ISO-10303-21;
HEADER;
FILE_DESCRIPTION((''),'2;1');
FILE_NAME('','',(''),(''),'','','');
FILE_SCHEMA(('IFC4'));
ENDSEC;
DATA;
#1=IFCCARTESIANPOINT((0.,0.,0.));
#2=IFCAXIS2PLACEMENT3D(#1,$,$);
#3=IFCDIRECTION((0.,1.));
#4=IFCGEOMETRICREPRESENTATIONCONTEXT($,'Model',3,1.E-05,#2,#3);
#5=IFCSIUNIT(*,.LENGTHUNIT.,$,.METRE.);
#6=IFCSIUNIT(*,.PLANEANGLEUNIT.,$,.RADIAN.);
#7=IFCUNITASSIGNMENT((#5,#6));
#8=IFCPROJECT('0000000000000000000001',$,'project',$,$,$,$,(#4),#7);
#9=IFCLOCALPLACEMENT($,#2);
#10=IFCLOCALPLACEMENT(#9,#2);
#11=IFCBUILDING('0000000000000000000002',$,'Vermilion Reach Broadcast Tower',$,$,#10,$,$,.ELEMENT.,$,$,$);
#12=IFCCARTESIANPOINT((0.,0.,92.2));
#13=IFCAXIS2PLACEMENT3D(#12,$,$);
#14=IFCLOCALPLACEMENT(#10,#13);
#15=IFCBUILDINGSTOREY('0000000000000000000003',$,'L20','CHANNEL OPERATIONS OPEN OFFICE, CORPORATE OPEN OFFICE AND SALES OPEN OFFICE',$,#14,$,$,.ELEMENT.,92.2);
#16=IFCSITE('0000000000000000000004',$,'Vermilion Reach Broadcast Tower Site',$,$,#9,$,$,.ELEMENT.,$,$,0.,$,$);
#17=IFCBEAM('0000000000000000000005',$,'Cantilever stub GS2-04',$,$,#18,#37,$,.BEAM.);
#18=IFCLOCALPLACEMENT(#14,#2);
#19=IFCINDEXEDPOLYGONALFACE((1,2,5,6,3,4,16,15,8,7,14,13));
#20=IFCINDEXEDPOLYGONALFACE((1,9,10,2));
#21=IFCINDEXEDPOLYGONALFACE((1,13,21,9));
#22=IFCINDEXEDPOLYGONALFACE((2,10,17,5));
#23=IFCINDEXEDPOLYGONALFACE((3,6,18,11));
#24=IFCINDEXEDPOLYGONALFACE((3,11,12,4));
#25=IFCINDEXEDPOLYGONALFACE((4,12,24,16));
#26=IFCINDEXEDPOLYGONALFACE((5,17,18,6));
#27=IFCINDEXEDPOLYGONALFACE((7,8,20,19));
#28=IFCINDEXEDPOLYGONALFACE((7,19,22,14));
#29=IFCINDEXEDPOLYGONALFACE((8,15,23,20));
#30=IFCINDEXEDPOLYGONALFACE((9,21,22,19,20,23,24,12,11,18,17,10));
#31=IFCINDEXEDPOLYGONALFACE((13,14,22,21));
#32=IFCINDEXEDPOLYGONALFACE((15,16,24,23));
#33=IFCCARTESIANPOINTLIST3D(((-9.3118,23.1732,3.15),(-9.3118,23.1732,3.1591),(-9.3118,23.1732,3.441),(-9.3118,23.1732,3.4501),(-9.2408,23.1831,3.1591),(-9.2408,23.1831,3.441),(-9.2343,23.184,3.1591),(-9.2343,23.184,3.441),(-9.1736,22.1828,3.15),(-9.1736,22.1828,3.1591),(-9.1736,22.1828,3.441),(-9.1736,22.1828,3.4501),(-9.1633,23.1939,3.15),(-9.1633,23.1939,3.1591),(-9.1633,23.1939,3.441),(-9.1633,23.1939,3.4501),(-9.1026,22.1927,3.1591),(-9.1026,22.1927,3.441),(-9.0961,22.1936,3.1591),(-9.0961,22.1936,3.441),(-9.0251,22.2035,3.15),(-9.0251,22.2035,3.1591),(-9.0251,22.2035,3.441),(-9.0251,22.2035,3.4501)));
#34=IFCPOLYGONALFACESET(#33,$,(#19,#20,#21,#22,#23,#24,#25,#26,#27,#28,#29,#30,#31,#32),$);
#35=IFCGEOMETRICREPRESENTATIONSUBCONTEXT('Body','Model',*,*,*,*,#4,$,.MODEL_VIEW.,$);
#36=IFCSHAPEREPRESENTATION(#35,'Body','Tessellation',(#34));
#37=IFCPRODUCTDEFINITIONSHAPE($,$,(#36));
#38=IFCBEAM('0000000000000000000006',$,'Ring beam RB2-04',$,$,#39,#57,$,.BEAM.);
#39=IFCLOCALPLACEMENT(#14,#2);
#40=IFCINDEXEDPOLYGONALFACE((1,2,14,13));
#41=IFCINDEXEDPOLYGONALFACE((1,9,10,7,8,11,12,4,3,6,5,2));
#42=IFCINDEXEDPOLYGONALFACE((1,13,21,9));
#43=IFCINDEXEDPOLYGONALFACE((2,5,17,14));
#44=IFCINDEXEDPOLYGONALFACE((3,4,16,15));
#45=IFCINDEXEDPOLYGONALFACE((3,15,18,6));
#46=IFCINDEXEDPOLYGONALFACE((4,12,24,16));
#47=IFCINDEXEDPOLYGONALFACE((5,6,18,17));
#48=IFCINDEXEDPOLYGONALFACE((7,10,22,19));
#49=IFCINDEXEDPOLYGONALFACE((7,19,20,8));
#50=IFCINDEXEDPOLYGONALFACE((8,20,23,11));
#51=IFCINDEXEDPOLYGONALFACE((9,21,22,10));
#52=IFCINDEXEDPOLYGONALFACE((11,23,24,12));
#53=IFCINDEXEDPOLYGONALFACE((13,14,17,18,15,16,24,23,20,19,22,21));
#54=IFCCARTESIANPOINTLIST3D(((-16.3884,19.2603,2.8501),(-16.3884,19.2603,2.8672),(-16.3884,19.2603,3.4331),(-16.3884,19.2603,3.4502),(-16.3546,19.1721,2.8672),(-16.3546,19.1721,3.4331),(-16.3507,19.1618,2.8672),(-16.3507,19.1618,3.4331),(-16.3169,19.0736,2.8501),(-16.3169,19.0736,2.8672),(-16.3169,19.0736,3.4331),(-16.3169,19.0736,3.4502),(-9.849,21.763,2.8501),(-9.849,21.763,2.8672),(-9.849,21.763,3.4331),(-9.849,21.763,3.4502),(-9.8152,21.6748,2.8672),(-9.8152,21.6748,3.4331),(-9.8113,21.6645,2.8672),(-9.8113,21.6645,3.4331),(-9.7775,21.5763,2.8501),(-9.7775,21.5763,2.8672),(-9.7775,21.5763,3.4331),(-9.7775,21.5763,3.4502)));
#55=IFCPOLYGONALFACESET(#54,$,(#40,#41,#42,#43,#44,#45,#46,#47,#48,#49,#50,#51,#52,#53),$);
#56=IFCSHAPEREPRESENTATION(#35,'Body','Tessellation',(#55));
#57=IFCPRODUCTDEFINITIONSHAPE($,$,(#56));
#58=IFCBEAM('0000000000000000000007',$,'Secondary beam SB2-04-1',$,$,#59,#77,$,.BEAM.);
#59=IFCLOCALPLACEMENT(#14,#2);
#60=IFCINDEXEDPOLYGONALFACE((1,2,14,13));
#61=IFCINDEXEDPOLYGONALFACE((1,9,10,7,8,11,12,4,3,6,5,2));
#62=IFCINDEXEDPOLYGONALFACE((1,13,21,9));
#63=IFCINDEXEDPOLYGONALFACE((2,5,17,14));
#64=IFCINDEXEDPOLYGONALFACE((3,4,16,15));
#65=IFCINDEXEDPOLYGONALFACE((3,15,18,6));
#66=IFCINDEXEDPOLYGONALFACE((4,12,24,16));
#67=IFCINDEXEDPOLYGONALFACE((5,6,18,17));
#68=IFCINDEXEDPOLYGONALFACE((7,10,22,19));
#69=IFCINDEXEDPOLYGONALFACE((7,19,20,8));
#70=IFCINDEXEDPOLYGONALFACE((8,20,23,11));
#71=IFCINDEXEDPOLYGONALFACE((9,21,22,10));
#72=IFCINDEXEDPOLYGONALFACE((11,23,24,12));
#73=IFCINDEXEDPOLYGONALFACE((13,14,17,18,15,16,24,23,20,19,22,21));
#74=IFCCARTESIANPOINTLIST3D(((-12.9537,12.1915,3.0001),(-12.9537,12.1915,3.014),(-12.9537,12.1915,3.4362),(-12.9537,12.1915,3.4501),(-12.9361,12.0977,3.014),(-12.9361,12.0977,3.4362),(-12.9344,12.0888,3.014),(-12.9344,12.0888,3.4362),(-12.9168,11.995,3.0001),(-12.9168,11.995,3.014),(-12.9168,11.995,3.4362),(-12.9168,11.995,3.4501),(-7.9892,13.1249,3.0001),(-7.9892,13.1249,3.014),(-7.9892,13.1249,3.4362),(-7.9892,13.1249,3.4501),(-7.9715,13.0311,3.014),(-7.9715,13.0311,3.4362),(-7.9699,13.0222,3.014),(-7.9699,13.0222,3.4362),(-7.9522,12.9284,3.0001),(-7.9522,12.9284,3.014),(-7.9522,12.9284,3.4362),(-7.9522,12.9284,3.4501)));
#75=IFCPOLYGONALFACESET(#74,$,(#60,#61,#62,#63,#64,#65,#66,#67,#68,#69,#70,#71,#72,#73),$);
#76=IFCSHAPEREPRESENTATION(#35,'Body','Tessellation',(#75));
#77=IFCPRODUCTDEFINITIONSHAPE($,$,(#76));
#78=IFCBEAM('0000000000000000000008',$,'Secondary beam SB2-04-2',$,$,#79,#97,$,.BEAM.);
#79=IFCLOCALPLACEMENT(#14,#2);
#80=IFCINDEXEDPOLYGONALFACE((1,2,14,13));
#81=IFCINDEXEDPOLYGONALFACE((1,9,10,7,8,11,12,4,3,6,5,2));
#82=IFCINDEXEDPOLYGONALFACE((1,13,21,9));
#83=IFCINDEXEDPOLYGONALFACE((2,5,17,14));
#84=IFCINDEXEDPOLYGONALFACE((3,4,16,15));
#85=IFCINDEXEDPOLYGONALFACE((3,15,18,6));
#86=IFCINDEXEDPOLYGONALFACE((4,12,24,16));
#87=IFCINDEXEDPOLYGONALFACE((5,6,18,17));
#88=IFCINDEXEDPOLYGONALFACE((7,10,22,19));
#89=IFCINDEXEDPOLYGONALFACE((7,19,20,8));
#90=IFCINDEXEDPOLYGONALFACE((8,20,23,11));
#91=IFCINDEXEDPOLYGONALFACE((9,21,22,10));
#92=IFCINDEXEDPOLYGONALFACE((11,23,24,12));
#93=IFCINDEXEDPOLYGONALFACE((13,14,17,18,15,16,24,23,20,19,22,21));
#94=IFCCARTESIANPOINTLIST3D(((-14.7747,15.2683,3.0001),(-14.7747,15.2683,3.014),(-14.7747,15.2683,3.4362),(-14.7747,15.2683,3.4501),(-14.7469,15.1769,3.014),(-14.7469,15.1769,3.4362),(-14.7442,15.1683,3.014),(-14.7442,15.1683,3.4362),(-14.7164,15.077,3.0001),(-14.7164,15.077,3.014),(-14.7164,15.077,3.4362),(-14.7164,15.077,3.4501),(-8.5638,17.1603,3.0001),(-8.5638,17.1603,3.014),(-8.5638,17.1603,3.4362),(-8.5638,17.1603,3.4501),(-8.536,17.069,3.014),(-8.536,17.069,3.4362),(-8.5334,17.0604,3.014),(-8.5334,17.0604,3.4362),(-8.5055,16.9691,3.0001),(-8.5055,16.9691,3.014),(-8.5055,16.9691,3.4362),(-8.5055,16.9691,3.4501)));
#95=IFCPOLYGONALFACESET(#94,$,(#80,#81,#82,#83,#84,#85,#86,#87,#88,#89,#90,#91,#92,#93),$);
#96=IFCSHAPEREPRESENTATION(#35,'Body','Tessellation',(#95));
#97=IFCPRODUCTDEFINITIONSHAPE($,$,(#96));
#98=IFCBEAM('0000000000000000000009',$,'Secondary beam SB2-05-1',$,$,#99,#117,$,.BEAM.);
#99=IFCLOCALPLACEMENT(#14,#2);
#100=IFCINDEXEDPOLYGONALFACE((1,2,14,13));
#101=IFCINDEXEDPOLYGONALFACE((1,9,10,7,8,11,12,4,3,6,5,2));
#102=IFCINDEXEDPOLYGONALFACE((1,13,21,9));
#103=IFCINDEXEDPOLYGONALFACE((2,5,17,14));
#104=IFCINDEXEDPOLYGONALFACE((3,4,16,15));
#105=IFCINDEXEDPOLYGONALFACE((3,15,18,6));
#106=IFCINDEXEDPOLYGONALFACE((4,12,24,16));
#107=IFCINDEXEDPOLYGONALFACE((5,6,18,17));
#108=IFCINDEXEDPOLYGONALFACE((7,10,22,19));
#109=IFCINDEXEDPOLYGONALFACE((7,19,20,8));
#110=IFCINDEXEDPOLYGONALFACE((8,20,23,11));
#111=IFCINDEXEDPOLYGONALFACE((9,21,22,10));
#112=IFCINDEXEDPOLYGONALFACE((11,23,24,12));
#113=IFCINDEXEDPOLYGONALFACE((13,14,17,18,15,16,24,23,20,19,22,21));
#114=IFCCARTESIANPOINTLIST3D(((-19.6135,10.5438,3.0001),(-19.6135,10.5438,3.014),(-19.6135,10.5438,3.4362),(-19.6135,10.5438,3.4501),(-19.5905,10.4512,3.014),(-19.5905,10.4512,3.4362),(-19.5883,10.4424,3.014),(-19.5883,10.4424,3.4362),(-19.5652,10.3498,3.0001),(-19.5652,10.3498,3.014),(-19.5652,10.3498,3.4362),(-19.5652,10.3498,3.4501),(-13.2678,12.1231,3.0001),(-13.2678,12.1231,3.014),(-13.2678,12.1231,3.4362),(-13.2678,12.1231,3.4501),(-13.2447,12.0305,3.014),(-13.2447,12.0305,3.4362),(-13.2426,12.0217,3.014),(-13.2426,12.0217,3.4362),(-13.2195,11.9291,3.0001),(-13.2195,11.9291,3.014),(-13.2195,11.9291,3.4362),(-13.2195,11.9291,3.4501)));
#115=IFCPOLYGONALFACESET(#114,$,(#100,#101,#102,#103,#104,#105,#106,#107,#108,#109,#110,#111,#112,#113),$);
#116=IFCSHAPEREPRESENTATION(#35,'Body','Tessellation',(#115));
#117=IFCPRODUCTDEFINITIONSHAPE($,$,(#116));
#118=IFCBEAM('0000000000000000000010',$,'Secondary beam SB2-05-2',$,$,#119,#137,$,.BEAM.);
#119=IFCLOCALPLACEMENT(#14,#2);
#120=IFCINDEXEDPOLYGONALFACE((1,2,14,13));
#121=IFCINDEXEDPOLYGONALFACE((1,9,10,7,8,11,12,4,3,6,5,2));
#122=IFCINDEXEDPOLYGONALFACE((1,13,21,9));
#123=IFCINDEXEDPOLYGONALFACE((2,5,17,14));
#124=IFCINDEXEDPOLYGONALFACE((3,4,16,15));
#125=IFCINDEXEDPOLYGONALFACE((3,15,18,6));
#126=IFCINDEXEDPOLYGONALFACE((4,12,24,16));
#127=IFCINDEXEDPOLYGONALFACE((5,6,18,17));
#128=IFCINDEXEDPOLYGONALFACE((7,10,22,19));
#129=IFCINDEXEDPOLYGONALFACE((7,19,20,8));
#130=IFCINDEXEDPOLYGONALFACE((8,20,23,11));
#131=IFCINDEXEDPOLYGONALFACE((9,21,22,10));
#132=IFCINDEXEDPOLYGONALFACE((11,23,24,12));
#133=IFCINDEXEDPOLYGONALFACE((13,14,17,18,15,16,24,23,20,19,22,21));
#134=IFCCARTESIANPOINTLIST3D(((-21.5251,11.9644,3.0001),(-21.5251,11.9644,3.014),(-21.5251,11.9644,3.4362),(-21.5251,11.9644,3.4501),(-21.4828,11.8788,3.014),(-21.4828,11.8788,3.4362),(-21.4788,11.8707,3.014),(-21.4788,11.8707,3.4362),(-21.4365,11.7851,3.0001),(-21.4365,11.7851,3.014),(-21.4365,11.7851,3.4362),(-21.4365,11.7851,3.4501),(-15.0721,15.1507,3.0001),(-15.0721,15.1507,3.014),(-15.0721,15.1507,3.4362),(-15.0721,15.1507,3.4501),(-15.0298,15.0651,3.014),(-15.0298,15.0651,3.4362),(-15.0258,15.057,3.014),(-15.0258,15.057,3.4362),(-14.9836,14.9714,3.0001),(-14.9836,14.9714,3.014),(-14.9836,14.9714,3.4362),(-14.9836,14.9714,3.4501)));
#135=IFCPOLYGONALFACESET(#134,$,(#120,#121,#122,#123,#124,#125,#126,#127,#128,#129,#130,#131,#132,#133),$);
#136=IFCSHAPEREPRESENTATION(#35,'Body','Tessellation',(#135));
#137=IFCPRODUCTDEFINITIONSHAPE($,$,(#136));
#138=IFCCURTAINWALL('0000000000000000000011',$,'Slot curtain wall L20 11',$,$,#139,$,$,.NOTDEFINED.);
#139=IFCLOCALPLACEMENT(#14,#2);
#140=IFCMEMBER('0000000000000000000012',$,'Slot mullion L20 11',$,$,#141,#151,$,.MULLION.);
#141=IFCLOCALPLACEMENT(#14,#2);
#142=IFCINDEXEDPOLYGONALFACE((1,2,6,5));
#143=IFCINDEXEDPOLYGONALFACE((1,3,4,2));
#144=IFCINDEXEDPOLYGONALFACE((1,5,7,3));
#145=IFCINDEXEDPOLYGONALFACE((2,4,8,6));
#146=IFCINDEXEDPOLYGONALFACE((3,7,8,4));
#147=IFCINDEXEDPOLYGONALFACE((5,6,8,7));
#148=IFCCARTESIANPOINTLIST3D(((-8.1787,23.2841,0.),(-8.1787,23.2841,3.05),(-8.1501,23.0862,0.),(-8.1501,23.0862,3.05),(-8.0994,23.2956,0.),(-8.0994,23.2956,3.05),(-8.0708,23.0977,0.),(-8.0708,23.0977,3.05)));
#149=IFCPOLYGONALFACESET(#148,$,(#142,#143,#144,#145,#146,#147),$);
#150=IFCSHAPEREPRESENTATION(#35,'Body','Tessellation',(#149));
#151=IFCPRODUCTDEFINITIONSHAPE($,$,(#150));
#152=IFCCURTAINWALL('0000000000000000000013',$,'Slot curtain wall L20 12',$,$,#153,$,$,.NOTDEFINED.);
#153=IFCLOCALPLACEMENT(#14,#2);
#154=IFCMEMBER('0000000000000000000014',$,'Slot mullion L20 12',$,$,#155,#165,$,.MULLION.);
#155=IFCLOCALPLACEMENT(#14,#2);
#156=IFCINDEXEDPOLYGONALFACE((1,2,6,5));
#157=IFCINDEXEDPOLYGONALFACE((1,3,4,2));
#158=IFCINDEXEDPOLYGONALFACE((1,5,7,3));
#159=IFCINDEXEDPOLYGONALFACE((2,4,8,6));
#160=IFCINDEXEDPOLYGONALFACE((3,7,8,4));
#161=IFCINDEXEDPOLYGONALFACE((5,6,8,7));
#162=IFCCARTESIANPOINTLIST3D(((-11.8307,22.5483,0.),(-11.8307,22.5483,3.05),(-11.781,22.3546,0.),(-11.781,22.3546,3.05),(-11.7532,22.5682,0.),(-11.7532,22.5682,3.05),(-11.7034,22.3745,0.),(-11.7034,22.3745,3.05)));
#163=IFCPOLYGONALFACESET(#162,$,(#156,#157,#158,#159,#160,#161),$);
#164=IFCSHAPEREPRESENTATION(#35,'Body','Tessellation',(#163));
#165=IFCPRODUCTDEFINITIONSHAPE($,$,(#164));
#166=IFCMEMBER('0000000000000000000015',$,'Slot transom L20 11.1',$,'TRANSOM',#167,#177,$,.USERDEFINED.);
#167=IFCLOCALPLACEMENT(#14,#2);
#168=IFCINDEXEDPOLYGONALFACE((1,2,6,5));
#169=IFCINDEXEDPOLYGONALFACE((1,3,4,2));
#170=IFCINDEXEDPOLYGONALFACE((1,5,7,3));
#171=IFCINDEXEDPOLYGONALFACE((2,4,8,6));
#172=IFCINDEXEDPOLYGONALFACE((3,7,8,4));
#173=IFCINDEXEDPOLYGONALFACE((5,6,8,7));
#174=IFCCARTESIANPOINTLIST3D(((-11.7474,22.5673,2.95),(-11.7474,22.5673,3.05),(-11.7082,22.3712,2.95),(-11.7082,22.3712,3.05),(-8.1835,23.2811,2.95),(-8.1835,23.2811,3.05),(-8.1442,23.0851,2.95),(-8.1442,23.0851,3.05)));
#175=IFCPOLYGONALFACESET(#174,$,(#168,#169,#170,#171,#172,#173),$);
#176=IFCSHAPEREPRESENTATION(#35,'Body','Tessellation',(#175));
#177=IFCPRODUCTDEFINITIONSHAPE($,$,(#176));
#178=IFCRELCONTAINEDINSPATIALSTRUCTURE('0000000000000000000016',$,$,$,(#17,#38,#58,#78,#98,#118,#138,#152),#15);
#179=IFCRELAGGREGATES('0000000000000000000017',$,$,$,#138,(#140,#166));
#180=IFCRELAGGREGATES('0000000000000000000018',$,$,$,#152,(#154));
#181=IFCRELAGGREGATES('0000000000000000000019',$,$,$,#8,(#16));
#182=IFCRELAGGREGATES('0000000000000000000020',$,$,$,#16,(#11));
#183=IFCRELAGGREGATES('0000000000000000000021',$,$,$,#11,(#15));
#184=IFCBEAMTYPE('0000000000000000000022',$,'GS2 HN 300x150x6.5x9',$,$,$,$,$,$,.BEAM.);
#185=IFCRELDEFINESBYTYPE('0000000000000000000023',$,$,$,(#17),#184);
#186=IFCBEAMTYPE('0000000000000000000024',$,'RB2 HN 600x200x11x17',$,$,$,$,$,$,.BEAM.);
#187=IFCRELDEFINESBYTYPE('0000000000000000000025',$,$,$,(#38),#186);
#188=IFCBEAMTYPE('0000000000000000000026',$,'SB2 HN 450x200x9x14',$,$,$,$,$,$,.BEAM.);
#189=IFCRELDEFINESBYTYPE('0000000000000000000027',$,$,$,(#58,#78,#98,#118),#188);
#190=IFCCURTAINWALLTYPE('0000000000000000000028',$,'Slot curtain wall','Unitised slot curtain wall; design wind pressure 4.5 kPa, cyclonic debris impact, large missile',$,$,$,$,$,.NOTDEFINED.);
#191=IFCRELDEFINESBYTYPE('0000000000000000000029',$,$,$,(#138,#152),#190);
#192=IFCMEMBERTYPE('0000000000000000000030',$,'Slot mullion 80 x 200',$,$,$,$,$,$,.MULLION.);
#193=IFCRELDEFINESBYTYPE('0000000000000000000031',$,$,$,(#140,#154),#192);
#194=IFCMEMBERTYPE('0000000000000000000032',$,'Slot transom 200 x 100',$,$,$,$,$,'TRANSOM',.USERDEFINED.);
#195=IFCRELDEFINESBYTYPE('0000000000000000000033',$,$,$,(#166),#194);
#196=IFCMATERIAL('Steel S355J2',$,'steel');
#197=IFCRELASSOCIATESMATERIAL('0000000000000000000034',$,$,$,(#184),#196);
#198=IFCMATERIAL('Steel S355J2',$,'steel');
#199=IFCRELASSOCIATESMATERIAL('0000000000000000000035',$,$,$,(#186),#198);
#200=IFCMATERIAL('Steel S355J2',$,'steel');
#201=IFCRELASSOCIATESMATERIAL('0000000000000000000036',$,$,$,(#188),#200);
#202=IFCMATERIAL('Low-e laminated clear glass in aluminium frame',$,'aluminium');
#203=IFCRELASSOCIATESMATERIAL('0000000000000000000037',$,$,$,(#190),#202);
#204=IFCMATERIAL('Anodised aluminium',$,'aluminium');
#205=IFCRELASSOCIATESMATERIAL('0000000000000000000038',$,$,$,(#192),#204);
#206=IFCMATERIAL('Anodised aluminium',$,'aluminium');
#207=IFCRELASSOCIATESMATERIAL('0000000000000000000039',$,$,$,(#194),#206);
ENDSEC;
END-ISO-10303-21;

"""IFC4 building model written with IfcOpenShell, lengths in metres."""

from ifc_helpers import new_model, si_unit, direction, frame, origin, origin_2d, place, context, subcontext, project, spatial, rectangle, i_section, extrude, material, material_profile, profile_set, type_object, element, aggregate, save


model = new_model("IFC4")

# Units and contexts
model_context = context("Model", 3, precision=1e-05, world=origin(), true_north=direction((0.0, 1.0)))
body_context = subcontext(model_context, "Body", "Model", "MODEL_VIEW")
ifc_project = project(units=[si_unit("LENGTHUNIT", "METRE"), si_unit("PLANEANGLEUNIT", "RADIAN")], contexts=[model_context])

# Site, building, storey
site_placement = place(None, origin())
site = spatial("IfcSite", under=ifc_project, at=site_placement, Name="Vermilion Reach Broadcast Tower Site", CompositionType="ELEMENT", RefElevation=0.0)
building_placement = place(site_placement, origin())
building = spatial("IfcBuilding", under=site, at=building_placement, Name="Vermilion Reach Broadcast Tower", CompositionType="ELEMENT")
storey_placement = place(building_placement, frame((0.0, 0.0, 92.2)))
storey = spatial("IfcBuildingStorey", under=building, at=storey_placement, Name="L20", Description="CHANNEL OPERATIONS OPEN OFFICE, CORPORATE OPEN OFFICE AND SALES OPEN OFFICE", CompositionType="ELEMENT", Elevation=92.2)

# Beams
ifc_material_1 = material(Name="Steel S355J2", Category="steel")
ifc_material_profile_1 = material_profile(ifc_material_1, i_section(OverallWidth=0.1499, OverallDepth=0.3, WebThickness=0.0066, FlangeThickness=0.009, at=origin_2d()), Name="S355J2 HN 300x150x6.5x9")
ifc_profile_set_1 = profile_set([ifc_material_profile_1], Name="Steel S355J2")
beam_type_1 = type_object("IfcBeamType", Name="GS2 HN 300x150x6.5x9", PredefinedType="BEAM", material=ifc_profile_set_1)
beam_1_placement = place(storey_placement, frame((-9.0994, 22.1931, 3.3), z_axis=(-0.138174, 0.990408, 0.0), x_axis=(-0.990408, -0.138174, 0.0)))
element("IfcBeam", 1, at=beam_1_placement, inside=storey, type_object=beam_type_1, Name="Cantilever stub GS2-04", PredefinedType="BEAM", context=body_context, shape_type="SweptSolid", body=[
    extrude(i_section(OverallWidth=0.1499, OverallDepth=0.3, WebThickness=0.0066, FlangeThickness=0.009, at=origin_2d()), origin(), (0.0, 0.0, 1.0), 1.0),
])
ifc_material_2 = material(Name="Steel S355J2", Category="steel")
ifc_material_profile_2 = material_profile(ifc_material_2, i_section(OverallWidth=0.2, OverallDepth=0.6001, WebThickness=0.011, FlangeThickness=0.0171, at=origin_2d()), Name="S355J2 HN 600x200x11x17")
ifc_profile_set_2 = profile_set([ifc_material_profile_2], Name="Steel S355J2")
beam_type_2 = type_object("IfcBeamType", Name="RB2 HN 600x200x11x17", PredefinedType="BEAM", material=ifc_profile_set_2)
beam_2_placement = place(storey_placement, frame((-9.8132, 21.6697, 3.1501), z_axis=(-0.933939, -0.357432, 0.0), x_axis=(0.357432, -0.933939, 0.0)))
element("IfcBeam", 2, at=beam_2_placement, inside=storey, type_object=beam_type_2, Name="Ring beam RB2-04", PredefinedType="BEAM", context=body_context, shape_type="SweptSolid", body=[
    extrude(i_section(OverallWidth=0.2, OverallDepth=0.6001, WebThickness=0.011, FlangeThickness=0.0171, at=origin_2d()), origin(), (0.0, 0.0, 1.0), 7.002),
])
ifc_material_3 = material(Name="Steel S355J2", Category="steel")
ifc_material_profile_3 = material_profile(ifc_material_3, i_section(OverallWidth=0.2, OverallDepth=0.45, WebThickness=0.009, FlangeThickness=0.0139, at=origin_2d()), Name="S355J2 HN 450x200x9x14")
ifc_profile_set_3 = profile_set([ifc_material_profile_3], Name="Steel S355J2")
beam_type_3 = type_object("IfcBeamType", Name="SB2 HN 450x200x9x14", PredefinedType="BEAM", material=ifc_profile_set_3)
beam_3_placement = place(storey_placement, frame((-7.9707, 13.0266, 3.2251), z_axis=(-0.982783, -0.184764, 0.0), x_axis=(0.184764, -0.982783, 0.0)))
element("IfcBeam", 3, at=beam_3_placement, inside=storey, type_object=beam_type_3, Name="Secondary beam SB2-04-1", PredefinedType="BEAM", context=body_context, shape_type="SweptSolid", body=[
    extrude(i_section(OverallWidth=0.2, OverallDepth=0.45, WebThickness=0.009, FlangeThickness=0.0139, at=origin_2d()), origin(), (0.0, 0.0, 1.0), 5.0515),
])
beam_4_placement = place(storey_placement, frame((-8.5347, 17.0647, 3.2251), z_axis=(-0.956596, -0.291416, 0.0), x_axis=(0.291416, -0.956596, 0.0)))
element("IfcBeam", 4, at=beam_4_placement, inside=storey, type_object=beam_type_3, Name="Secondary beam SB2-04-2", PredefinedType="BEAM", context=body_context, shape_type="SweptSolid", body=[
    extrude(i_section(OverallWidth=0.2, OverallDepth=0.45, WebThickness=0.009, FlangeThickness=0.0139, at=origin_2d()), origin(), (0.0, 0.0, 1.0), 6.4927),
])
beam_5_placement = place(storey_placement, frame((-13.2437, 12.0261, 3.2251), z_axis=(-0.970397, -0.241516, 0.0), x_axis=(0.241516, -0.970397, 0.0)))
element("IfcBeam", 5, at=beam_5_placement, inside=storey, type_object=beam_type_3, Name="Secondary beam SB2-05-1", PredefinedType="BEAM", context=body_context, shape_type="SweptSolid", body=[
    extrude(i_section(OverallWidth=0.2, OverallDepth=0.45, WebThickness=0.009, FlangeThickness=0.0139, at=origin_2d()), origin(), (0.0, 0.0, 1.0), 6.5393),
])
beam_6_placement = place(storey_placement, frame((-15.0278, 15.061, 3.2251), z_axis=(-0.896648, -0.442744, 0.0), x_axis=(0.442744, -0.896648, 0.0)))
element("IfcBeam", 6, at=beam_6_placement, inside=storey, type_object=beam_type_3, Name="Secondary beam SB2-05-2", PredefinedType="BEAM", context=body_context, shape_type="SweptSolid", body=[
    extrude(i_section(OverallWidth=0.2, OverallDepth=0.45, WebThickness=0.009, FlangeThickness=0.0139, at=origin_2d()), origin(), (0.0, 0.0, 1.0), 7.1968),
])

# Curtain walls, members
ifc_material_4 = material(Name="Low-e laminated clear glass in aluminium frame", Category="aluminium")
curtain_wall_type = type_object("IfcCurtainWallType", Name="Slot curtain wall", Description="Unitised slot curtain wall; design wind pressure 4.5 kPa, cyclonic debris impact, large missile", PredefinedType="NOTDEFINED", material=ifc_material_4)
placement = place(storey_placement, origin())
curtain_wall_1 = element("IfcCurtainWall", 7, at=placement, inside=storey, type_object=curtain_wall_type, Name="Slot curtain wall L20 11", PredefinedType="NOTDEFINED")
ifc_material_5 = material(Name="Anodised aluminium", Category="aluminium")
ifc_material_profile_4 = material_profile(ifc_material_5, rectangle(XDim=0.2, YDim=0.0801, at=origin_2d()), Name="Slot mullion 80 x 200")
ifc_profile_set_4 = profile_set([ifc_material_profile_4], Name="Anodised aluminium")
member_type_1 = type_object("IfcMemberType", Name="Slot mullion 80 x 200", PredefinedType="MULLION", material=ifc_profile_set_4)
member_1_placement = place(storey_placement, frame((-8.1248, 23.1909, 0.0), z_axis=(0.0, 0.0, 1.0), x_axis=(0.143217, -0.989691, 0.0)))
member_1 = element("IfcMember", 8, at=member_1_placement, type_object=member_type_1, Name="Slot mullion L20 11", PredefinedType="MULLION", context=body_context, shape_type="SweptSolid", body=[
    extrude(rectangle(XDim=0.2, YDim=0.0801, at=origin_2d()), origin(), (0.0, 0.0, 1.0), 3.05),
])
curtain_wall_2 = element("IfcCurtainWall", 9, at=placement, inside=storey, type_object=curtain_wall_type, Name="Slot curtain wall L20 12", PredefinedType="NOTDEFINED")
member_2_placement = place(storey_placement, frame((-11.7671, 22.4614, 0.0), z_axis=(0.0, 0.0, 1.0), x_axis=(0.24869, -0.968583, 0.0)))
member_2 = element("IfcMember", 10, at=member_2_placement, type_object=member_type_1, Name="Slot mullion L20 12", PredefinedType="MULLION", context=body_context, shape_type="SweptSolid", body=[
    extrude(rectangle(XDim=0.2, YDim=0.0801, at=origin_2d()), origin(), (0.0, 0.0, 1.0), 3.05),
])

# Member
ifc_material_6 = material(Name="Anodised aluminium", Category="aluminium")
ifc_material_profile_5 = material_profile(ifc_material_6, rectangle(XDim=0.2, YDim=0.1001, at=origin_2d()), Name="Slot transom 200 x 100")
ifc_profile_set_5 = profile_set([ifc_material_profile_5], Name="Anodised aluminium")
member_type_2 = type_object("IfcMemberType", Name="Slot transom 200 x 100", ElementType="TRANSOM", PredefinedType="USERDEFINED", material=ifc_profile_set_5)
member_3_placement = place(storey_placement, frame((-8.1638, 23.1831, 3.0), z_axis=(-0.980524, -0.1964, 0.0), x_axis=(0.1964, -0.980524, 0.0)))
member_3 = element("IfcMember", 11, at=member_3_placement, type_object=member_type_2, Name="Slot transom L20 11.1", ObjectType="TRANSOM", PredefinedType="USERDEFINED", context=body_context, shape_type="SweptSolid", body=[
    extrude(rectangle(XDim=0.2, YDim=0.1001, at=origin_2d()), origin(), (0.0, 0.0, 1.0), 3.6348),
])

aggregate(curtain_wall_1, [member_1, member_3])
aggregate(curtain_wall_2, [member_2])

save(model, "model.ifc")
